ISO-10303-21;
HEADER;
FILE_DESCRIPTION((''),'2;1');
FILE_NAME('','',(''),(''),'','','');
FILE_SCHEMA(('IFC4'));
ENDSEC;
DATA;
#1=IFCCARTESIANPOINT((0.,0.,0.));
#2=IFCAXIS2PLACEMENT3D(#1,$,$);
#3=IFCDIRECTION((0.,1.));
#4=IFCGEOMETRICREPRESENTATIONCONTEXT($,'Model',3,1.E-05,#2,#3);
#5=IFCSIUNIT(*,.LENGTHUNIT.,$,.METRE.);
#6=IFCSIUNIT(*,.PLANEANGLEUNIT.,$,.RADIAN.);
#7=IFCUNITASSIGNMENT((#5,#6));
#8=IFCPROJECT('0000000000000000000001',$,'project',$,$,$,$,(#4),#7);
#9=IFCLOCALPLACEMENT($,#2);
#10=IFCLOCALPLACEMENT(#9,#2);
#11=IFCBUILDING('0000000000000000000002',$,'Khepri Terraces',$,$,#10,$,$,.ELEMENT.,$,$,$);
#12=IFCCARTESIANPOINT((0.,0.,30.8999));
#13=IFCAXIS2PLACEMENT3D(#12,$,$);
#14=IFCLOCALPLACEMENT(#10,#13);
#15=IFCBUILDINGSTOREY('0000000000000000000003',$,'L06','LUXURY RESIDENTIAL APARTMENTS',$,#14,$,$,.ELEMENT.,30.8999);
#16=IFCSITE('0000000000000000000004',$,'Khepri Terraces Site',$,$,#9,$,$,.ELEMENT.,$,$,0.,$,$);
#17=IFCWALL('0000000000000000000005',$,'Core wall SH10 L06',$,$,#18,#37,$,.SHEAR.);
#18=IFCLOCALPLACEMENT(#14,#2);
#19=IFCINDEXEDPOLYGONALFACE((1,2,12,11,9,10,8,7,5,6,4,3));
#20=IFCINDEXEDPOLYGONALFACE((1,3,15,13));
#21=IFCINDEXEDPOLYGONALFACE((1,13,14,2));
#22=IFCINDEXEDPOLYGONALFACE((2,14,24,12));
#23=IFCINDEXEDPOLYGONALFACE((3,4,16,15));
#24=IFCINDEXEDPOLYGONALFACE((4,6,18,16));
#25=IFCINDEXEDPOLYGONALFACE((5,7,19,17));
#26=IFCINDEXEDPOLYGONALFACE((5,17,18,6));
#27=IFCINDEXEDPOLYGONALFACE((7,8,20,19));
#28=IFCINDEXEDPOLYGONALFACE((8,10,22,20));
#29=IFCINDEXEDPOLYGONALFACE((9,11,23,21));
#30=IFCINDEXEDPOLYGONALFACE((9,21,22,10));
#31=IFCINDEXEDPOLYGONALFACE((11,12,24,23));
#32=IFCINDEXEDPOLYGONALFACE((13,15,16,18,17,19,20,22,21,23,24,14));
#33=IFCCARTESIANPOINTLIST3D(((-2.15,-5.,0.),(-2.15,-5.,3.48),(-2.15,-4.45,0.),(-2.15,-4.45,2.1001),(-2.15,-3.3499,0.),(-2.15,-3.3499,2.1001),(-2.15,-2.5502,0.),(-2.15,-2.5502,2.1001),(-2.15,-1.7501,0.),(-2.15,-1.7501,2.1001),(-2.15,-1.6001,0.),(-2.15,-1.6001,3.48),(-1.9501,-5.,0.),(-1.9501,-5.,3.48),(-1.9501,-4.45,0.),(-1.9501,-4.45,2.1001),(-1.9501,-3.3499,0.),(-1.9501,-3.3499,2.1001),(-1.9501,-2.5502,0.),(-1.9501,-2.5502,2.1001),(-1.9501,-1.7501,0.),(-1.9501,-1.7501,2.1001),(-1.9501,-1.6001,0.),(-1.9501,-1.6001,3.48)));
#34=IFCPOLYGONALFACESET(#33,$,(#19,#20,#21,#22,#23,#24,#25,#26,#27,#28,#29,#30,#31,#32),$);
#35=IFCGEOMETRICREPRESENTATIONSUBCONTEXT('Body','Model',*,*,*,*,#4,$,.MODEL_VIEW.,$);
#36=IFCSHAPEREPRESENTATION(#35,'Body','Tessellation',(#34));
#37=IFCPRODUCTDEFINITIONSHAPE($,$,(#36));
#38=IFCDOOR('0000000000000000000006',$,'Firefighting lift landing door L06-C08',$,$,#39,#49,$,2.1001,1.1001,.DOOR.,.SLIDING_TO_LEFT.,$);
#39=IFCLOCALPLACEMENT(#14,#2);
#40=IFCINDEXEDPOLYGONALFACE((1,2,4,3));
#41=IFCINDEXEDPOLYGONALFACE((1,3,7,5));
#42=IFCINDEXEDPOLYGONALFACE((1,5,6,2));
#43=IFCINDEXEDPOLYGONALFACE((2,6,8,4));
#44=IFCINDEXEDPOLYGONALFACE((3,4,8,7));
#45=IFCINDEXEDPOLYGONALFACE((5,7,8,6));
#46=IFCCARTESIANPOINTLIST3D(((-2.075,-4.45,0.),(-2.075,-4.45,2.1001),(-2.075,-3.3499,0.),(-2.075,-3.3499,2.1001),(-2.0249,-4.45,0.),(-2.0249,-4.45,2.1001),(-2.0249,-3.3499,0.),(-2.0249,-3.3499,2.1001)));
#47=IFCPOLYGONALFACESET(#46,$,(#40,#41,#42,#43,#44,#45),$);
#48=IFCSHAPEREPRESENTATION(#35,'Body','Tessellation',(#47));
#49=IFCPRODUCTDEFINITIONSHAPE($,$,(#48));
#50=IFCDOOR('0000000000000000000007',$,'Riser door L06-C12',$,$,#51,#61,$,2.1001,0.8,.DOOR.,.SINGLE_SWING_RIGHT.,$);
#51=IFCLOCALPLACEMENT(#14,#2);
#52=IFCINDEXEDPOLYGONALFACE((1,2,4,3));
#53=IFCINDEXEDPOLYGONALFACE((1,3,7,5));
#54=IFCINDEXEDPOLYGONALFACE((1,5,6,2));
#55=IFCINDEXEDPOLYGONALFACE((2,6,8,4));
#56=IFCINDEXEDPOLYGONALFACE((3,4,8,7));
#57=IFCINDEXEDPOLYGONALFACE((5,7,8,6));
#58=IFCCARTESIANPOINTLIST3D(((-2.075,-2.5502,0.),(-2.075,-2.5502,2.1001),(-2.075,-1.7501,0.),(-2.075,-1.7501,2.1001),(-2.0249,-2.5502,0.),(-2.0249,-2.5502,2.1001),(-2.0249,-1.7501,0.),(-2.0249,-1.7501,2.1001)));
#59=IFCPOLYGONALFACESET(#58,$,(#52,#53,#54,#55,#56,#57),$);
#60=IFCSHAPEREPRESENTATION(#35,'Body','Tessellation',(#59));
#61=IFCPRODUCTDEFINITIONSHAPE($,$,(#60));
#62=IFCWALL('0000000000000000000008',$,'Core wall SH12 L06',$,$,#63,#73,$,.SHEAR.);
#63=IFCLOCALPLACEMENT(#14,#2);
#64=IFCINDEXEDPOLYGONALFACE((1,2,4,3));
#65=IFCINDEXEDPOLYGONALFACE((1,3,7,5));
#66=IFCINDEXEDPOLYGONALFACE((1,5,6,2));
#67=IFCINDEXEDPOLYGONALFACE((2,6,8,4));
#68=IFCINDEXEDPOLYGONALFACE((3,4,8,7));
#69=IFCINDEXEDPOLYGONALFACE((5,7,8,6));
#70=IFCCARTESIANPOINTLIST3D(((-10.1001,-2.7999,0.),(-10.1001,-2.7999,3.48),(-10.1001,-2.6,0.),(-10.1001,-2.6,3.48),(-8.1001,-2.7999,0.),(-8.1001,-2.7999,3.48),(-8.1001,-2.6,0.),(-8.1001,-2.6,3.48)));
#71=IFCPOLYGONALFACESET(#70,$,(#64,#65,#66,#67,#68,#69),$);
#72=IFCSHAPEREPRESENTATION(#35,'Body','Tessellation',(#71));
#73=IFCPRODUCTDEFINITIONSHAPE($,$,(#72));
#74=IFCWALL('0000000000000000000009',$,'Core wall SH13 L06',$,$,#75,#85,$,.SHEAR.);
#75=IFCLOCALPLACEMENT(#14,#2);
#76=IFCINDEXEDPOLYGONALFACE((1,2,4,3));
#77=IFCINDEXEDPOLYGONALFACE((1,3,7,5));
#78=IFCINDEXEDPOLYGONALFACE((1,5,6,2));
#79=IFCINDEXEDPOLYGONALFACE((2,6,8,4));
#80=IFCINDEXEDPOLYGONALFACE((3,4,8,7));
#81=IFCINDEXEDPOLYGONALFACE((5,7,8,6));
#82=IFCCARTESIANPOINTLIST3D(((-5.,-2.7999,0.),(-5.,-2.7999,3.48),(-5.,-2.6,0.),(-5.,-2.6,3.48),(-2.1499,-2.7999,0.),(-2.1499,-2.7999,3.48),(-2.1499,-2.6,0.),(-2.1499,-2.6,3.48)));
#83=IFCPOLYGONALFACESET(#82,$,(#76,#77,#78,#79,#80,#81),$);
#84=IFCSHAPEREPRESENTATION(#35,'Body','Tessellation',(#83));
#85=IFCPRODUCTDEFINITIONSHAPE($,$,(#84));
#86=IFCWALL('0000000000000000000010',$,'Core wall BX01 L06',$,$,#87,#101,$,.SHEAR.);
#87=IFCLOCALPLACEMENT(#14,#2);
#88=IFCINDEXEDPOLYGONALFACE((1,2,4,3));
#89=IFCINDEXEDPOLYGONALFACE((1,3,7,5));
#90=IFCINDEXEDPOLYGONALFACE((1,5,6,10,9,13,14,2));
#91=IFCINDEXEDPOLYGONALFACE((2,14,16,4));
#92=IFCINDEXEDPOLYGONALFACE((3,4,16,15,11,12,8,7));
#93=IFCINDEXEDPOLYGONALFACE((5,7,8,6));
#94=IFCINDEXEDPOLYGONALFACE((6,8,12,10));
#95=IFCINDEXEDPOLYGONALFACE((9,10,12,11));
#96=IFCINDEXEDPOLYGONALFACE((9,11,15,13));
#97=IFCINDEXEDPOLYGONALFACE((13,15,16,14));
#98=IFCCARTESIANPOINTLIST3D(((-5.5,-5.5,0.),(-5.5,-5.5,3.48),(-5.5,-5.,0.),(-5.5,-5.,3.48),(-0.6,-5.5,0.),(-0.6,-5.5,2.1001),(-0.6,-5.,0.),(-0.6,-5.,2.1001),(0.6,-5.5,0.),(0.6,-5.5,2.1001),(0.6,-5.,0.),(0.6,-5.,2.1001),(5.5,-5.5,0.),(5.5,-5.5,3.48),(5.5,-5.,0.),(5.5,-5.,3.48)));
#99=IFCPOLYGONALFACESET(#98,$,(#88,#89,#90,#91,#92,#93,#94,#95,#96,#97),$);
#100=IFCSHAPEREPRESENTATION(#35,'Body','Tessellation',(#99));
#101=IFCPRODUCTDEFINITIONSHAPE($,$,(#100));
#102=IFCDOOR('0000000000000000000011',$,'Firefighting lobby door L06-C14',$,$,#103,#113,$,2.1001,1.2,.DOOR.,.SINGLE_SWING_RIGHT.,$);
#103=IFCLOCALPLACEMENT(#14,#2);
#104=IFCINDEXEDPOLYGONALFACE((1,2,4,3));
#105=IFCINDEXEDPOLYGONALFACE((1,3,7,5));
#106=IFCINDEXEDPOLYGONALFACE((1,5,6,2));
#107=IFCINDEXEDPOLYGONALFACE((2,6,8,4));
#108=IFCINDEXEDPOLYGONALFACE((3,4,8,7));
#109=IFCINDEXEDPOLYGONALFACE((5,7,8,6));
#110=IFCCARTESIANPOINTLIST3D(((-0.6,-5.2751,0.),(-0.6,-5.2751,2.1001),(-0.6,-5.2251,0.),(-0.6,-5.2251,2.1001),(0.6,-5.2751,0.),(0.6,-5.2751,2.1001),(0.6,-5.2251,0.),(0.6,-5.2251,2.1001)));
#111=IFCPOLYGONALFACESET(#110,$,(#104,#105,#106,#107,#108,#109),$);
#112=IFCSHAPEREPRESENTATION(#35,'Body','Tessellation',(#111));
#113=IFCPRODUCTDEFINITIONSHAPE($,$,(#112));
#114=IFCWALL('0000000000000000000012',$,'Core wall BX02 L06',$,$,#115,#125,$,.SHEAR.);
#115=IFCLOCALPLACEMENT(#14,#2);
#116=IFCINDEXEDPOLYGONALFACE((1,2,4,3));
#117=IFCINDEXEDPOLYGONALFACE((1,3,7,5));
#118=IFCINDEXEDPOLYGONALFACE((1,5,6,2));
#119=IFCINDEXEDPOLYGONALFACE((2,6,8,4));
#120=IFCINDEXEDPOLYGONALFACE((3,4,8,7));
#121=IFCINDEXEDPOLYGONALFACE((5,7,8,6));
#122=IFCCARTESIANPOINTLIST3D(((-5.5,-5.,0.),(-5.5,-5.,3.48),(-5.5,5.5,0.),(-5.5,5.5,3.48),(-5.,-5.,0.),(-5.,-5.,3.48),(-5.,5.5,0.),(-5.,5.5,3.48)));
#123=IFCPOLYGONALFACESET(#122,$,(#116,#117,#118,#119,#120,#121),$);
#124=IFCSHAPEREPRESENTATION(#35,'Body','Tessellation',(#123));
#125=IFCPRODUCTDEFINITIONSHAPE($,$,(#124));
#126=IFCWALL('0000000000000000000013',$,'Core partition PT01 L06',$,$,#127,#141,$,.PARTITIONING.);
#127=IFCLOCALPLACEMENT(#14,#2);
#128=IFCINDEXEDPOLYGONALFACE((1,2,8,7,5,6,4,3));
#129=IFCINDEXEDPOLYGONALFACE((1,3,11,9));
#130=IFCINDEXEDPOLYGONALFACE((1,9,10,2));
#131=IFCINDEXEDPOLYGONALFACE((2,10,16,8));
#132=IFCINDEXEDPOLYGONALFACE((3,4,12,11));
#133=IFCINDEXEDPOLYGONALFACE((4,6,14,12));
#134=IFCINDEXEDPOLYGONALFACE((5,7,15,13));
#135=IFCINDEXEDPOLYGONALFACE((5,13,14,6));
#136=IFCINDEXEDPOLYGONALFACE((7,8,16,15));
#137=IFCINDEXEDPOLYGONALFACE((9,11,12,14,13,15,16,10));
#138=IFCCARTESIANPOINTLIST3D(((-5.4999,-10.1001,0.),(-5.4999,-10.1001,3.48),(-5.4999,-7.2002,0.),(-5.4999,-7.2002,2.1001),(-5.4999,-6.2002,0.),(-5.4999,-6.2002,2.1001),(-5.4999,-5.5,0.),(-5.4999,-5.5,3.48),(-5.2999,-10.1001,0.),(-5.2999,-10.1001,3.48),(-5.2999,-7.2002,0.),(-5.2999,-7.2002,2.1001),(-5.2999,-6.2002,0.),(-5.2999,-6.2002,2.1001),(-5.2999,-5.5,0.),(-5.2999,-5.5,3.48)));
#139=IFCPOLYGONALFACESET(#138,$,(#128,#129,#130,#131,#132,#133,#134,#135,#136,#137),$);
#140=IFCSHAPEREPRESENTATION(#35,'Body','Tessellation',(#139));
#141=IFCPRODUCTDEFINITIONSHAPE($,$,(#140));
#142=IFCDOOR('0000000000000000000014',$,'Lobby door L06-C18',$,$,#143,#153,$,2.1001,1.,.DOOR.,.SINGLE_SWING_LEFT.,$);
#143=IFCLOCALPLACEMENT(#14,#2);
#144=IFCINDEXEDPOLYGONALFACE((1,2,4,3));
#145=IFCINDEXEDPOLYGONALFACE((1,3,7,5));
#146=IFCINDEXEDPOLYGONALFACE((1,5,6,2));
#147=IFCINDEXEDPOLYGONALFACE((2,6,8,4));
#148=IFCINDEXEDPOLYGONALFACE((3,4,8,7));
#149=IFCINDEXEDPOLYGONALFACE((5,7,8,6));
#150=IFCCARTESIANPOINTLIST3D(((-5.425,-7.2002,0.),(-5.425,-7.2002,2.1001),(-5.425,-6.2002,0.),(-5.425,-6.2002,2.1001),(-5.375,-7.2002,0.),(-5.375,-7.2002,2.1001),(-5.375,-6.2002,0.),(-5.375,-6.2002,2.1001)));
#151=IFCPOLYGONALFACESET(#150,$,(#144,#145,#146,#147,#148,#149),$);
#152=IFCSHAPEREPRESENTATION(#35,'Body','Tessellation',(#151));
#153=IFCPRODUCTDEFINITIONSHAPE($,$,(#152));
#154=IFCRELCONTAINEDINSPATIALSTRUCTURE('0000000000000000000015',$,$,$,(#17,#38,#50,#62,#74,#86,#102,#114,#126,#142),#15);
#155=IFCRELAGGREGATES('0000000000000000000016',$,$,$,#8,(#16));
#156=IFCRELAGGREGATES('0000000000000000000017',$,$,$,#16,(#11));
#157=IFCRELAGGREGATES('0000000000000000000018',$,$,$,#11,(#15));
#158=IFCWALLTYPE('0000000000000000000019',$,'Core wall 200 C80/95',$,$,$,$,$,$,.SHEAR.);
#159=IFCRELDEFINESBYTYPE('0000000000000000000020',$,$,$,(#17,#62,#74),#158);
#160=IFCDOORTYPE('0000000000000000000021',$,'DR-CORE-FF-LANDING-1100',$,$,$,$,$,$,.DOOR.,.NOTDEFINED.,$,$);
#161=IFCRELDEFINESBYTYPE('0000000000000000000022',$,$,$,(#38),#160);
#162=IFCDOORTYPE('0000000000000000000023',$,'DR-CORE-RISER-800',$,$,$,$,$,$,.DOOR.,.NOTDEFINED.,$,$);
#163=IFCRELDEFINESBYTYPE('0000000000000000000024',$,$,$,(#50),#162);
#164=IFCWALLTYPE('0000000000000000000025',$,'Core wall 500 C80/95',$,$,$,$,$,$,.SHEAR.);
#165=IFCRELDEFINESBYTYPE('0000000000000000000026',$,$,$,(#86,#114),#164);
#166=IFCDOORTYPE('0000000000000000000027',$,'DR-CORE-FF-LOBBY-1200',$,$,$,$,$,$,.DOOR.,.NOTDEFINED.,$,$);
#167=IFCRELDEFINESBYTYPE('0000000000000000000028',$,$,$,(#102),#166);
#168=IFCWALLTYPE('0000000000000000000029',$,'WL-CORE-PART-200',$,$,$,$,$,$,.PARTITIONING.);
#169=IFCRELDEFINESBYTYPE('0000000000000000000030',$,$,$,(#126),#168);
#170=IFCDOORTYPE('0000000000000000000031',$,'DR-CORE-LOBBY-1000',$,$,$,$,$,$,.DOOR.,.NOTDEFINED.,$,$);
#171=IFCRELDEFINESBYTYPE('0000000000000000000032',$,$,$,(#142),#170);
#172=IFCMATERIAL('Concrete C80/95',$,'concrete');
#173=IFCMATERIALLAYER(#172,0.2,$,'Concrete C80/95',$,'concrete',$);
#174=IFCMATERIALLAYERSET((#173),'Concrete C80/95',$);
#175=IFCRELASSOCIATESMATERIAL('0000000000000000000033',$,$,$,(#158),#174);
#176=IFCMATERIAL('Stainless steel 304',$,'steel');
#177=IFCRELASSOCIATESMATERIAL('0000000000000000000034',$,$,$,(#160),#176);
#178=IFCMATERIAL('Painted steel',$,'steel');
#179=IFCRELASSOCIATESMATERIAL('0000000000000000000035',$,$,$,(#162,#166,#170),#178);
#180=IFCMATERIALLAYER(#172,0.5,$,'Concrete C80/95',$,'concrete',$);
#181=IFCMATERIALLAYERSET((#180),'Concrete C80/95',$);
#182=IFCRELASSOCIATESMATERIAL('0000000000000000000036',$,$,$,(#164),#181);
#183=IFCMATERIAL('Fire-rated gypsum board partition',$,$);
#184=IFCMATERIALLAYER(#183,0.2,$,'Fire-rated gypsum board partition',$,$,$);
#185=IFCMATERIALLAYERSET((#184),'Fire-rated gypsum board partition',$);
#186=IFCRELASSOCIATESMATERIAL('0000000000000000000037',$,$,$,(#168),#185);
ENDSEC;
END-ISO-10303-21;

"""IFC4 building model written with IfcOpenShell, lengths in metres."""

from ifc_helpers import new_model, si_unit, direction, frame, frame_2d, origin, place, context, subcontext, project, spatial, rectangle, extrude, material, layer, layer_set, type_object, element, fill, save


model = new_model("IFC4")

# Units and contexts
model_context = context("Model", 3, precision=1e-05, world=origin(), true_north=direction((0.0, 1.0)))
body_context = subcontext(model_context, "Body", "Model", "MODEL_VIEW")
ifc_project = project(units=[si_unit("LENGTHUNIT", "METRE"), si_unit("PLANEANGLEUNIT", "RADIAN")], contexts=[model_context])

# Site, building, storey
site_placement = place(None, origin())
site = spatial("IfcSite", under=ifc_project, at=site_placement, Name="Khepri Terraces Site", CompositionType="ELEMENT", RefElevation=0.0)
building_placement = place(site_placement, origin())
building = spatial("IfcBuilding", under=site, at=building_placement, Name="Khepri Terraces", CompositionType="ELEMENT")
storey_placement = place(building_placement, frame((0.0, 0.0, 30.8999)))
storey = spatial("IfcBuildingStorey", under=building, at=storey_placement, Name="L06", Description="LUXURY RESIDENTIAL APARTMENTS", CompositionType="ELEMENT", Elevation=30.8999)

# Shared definitions
ifc_material_1 = material(Name="Concrete C80/95", Category="concrete")
ifc_layer_1 = layer(ifc_material_1, 0.2, Name="Concrete C80/95", Category="concrete")
ifc_layer_set_1 = layer_set([ifc_layer_1], Name="Concrete C80/95")
wall_type_1 = type_object("IfcWallType", Name="Core wall 200 C80/95", PredefinedType="SHEAR", material=ifc_layer_set_1)

# Shared definitions
ifc_material_2 = material(Name="Painted steel", Category="steel")

# Shared definitions
ifc_material_3 = material(Name="Stainless steel 304", Category="steel")

# Wall, openings, doors
wall_1_placement = place(storey_placement, frame((-2.05, -5.0, 0.0), z_axis=(0.0, 0.0, 1.0), x_axis=(0.0, 1.0, 0.0)))
wall_1 = element("IfcWall", 1, at=wall_1_placement, inside=storey, type_object=wall_type_1, Name="Core wall SH10 L06", PredefinedType="SHEAR", context=body_context, shape_type="SweptSolid", body=[
    extrude(rectangle(XDim=3.3999, YDim=0.2, at=frame_2d((1.7, 0.0))), origin(), (0.0, 0.0, 1.0), 3.48),
])
opening_1_placement = place(wall_1_placement, frame((0.55, 0.0, 0.0)))
opening_1 = element("IfcOpeningElement", 2, at=opening_1_placement, cuts=wall_1, PredefinedType="OPENING", context=body_context, shape_type="SweptSolid", body=[
    extrude(rectangle(XDim=1.1001, YDim=2.1001, at=frame_2d((0.55, 1.05))), frame((0.0, 0.1099, 0.0), z_axis=(0.0, -1.0, 0.0), x_axis=(1.0, 0.0, 0.0)), (0.0, 0.0, 1.0), 0.22),
])
opening_2_placement = place(wall_1_placement, frame((2.45, 0.0, 0.0)))
opening_2 = element("IfcOpeningElement", 3, at=opening_2_placement, cuts=wall_1, PredefinedType="OPENING", context=body_context, shape_type="SweptSolid", body=[
    extrude(rectangle(XDim=0.8, YDim=2.1001, at=frame_2d((0.3999, 1.05))), frame((0.0, 0.1099, 0.0), z_axis=(0.0, -1.0, 0.0), x_axis=(1.0, 0.0, 0.0)), (0.0, 0.0, 1.0), 0.22),
])
door_type_1 = type_object("IfcDoorType", Name="DR-CORE-FF-LANDING-1100", OperationType="NOTDEFINED", PredefinedType="DOOR", material=ifc_material_3)
door_1_placement = place(opening_1_placement, origin())
door_1 = element("IfcDoor", 4, at=door_1_placement, inside=storey, type_object=door_type_1, Name="Firefighting lift landing door L06-C08", OperationType="SLIDING_TO_LEFT", OverallHeight=2.1001, OverallWidth=1.1001, PredefinedType="DOOR", context=body_context, shape_type="SweptSolid", body=[
    extrude(rectangle(XDim=1.1001, YDim=2.1001, at=frame_2d((0.55, 1.05))), frame((0.0, 0.0249, 0.0), z_axis=(0.0, -1.0, 0.0), x_axis=(1.0, 0.0, 0.0)), (0.0, 0.0, 1.0), 0.05),
])
fill(opening_1, door_1)
door_type_2 = type_object("IfcDoorType", Name="DR-CORE-RISER-800", OperationType="NOTDEFINED", PredefinedType="DOOR", material=ifc_material_2)
door_2_placement = place(opening_2_placement, origin())
door_2 = element("IfcDoor", 5, at=door_2_placement, inside=storey, type_object=door_type_2, Name="Riser door L06-C12", OperationType="SINGLE_SWING_RIGHT", OverallHeight=2.1001, OverallWidth=0.8, PredefinedType="DOOR", context=body_context, shape_type="SweptSolid", body=[
    extrude(rectangle(XDim=0.8, YDim=2.1001, at=frame_2d((0.3999, 1.05))), frame((0.0, 0.0249, 0.0), z_axis=(0.0, -1.0, 0.0), x_axis=(1.0, 0.0, 0.0)), (0.0, 0.0, 1.0), 0.05),
])
fill(opening_2, door_2)

# Walls
wall_2_placement = place(storey_placement, frame((-10.1001, -2.7, 0.0), z_axis=(0.0, 0.0, 1.0), x_axis=(1.0, 0.0, 0.0)))
element("IfcWall", 6, at=wall_2_placement, inside=storey, type_object=wall_type_1, Name="Core wall SH12 L06", PredefinedType="SHEAR", context=body_context, shape_type="SweptSolid", body=[
    extrude(rectangle(XDim=2.0, YDim=0.2, at=frame_2d((1.0, 0.0))), origin(), (0.0, 0.0, 1.0), 3.48),
])
wall_3_placement = place(storey_placement, frame((-5.0, -2.7, 0.0), z_axis=(0.0, 0.0, 1.0), x_axis=(1.0, 0.0, 0.0)))
element("IfcWall", 7, at=wall_3_placement, inside=storey, type_object=wall_type_1, Name="Core wall SH13 L06", PredefinedType="SHEAR", context=body_context, shape_type="SweptSolid", body=[
    extrude(rectangle(XDim=2.8501, YDim=0.2, at=frame_2d((1.425, 0.0))), origin(), (0.0, 0.0, 1.0), 3.48),
])

# Wall, opening, door
ifc_layer_2 = layer(ifc_material_1, 0.5, Name="Concrete C80/95", Category="concrete")
ifc_layer_set_2 = layer_set([ifc_layer_2], Name="Concrete C80/95")
wall_type_2 = type_object("IfcWallType", Name="Core wall 500 C80/95", PredefinedType="SHEAR", material=ifc_layer_set_2)
wall_4_placement = place(storey_placement, frame((-5.5, -5.25, 0.0), z_axis=(0.0, 0.0, 1.0), x_axis=(1.0, 0.0, 0.0)))
wall_4 = element("IfcWall", 8, at=wall_4_placement, inside=storey, type_object=wall_type_2, Name="Core wall BX01 L06", PredefinedType="SHEAR", context=body_context, shape_type="SweptSolid", body=[
    extrude(rectangle(XDim=11.0, YDim=0.5, at=frame_2d((5.5, 0.0))), origin(), (0.0, 0.0, 1.0), 3.48),
])
opening_3_placement = place(wall_4_placement, frame((4.8999, 0.0, 0.0)))
opening_3 = element("IfcOpeningElement", 9, at=opening_3_placement, cuts=wall_4, PredefinedType="OPENING", context=body_context, shape_type="SweptSolid", body=[
    extrude(rectangle(XDim=1.2, YDim=2.1001, at=frame_2d((0.6001, 1.05))), frame((0.0, 0.26, 0.0), z_axis=(0.0, -1.0, 0.0), x_axis=(1.0, 0.0, 0.0)), (0.0, 0.0, 1.0), 0.52),
])
door_type_3 = type_object("IfcDoorType", Name="DR-CORE-FF-LOBBY-1200", OperationType="NOTDEFINED", PredefinedType="DOOR", material=ifc_material_2)
door_3_placement = place(opening_3_placement, origin())
door_3 = element("IfcDoor", 10, at=door_3_placement, inside=storey, type_object=door_type_3, Name="Firefighting lobby door L06-C14", OperationType="SINGLE_SWING_RIGHT", OverallHeight=2.1001, OverallWidth=1.2, PredefinedType="DOOR", context=body_context, shape_type="SweptSolid", body=[
    extrude(rectangle(XDim=1.2, YDim=2.1001, at=frame_2d((0.6001, 1.05))), frame((0.0, 0.0249, 0.0), z_axis=(0.0, -1.0, 0.0), x_axis=(1.0, 0.0, 0.0)), (0.0, 0.0, 1.0), 0.05),
])
fill(opening_3, door_3)

# Wall
wall_5_placement = place(storey_placement, frame((-5.25, -5.0, 0.0), z_axis=(0.0, 0.0, 1.0), x_axis=(0.0, 1.0, 0.0)))
element("IfcWall", 11, at=wall_5_placement, inside=storey, type_object=wall_type_2, Name="Core wall BX02 L06", PredefinedType="SHEAR", context=body_context, shape_type="SweptSolid", body=[
    extrude(rectangle(XDim=10.5, YDim=0.5, at=frame_2d((5.25, 0.0))), origin(), (0.0, 0.0, 1.0), 3.48),
])

# Wall, opening, door
ifc_material_4 = material(Name="Fire-rated gypsum board partition")
ifc_layer_3 = layer(ifc_material_4, 0.2, Name="Fire-rated gypsum board partition")
ifc_layer_set_3 = layer_set([ifc_layer_3], Name="Fire-rated gypsum board partition")
wall_type_3 = type_object("IfcWallType", Name="WL-CORE-PART-200", PredefinedType="PARTITIONING", material=ifc_layer_set_3)
wall_6_placement = place(storey_placement, frame((-5.3999, -10.1001, 0.0), z_axis=(0.0, 0.0, 1.0), x_axis=(0.0, 1.0, 0.0)))
wall_6 = element("IfcWall", 12, at=wall_6_placement, inside=storey, type_object=wall_type_3, Name="Core partition PT01 L06", PredefinedType="PARTITIONING", context=body_context, shape_type="SweptSolid", body=[
    extrude(rectangle(XDim=4.6001, YDim=0.2, at=frame_2d((2.3, 0.0))), origin(), (0.0, 0.0, 1.0), 3.48),
])
opening_4_placement = place(wall_6_placement, frame((2.8999, 0.0, 0.0)))
opening_4 = element("IfcOpeningElement", 13, at=opening_4_placement, cuts=wall_6, PredefinedType="OPENING", context=body_context, shape_type="SweptSolid", body=[
    extrude(rectangle(XDim=1.0, YDim=2.1001, at=frame_2d((0.5, 1.05))), frame((0.0, 0.1099, 0.0), z_axis=(0.0, -1.0, 0.0), x_axis=(1.0, 0.0, 0.0)), (0.0, 0.0, 1.0), 0.22),
])
door_type_4 = type_object("IfcDoorType", Name="DR-CORE-LOBBY-1000", OperationType="NOTDEFINED", PredefinedType="DOOR", material=ifc_material_2)
door_4_placement = place(opening_4_placement, frame((1.0, 0.0, 0.0), z_axis=(0.0, 0.0, 1.0), x_axis=(-1.0, 0.0, 0.0)))
door_4 = element("IfcDoor", 14, at=door_4_placement, inside=storey, type_object=door_type_4, Name="Lobby door L06-C18", OperationType="SINGLE_SWING_LEFT", OverallHeight=2.1001, OverallWidth=1.0, PredefinedType="DOOR", context=body_context, shape_type="SweptSolid", body=[
    extrude(rectangle(XDim=1.0, YDim=2.1001, at=frame_2d((0.5, 1.05))), frame((0.0, 0.0249, 0.0), z_axis=(0.0, -1.0, 0.0), x_axis=(1.0, 0.0, 0.0)), (0.0, 0.0, 1.0), 0.05),
])
fill(opening_4, door_4)

save(model, "model.ifc")
